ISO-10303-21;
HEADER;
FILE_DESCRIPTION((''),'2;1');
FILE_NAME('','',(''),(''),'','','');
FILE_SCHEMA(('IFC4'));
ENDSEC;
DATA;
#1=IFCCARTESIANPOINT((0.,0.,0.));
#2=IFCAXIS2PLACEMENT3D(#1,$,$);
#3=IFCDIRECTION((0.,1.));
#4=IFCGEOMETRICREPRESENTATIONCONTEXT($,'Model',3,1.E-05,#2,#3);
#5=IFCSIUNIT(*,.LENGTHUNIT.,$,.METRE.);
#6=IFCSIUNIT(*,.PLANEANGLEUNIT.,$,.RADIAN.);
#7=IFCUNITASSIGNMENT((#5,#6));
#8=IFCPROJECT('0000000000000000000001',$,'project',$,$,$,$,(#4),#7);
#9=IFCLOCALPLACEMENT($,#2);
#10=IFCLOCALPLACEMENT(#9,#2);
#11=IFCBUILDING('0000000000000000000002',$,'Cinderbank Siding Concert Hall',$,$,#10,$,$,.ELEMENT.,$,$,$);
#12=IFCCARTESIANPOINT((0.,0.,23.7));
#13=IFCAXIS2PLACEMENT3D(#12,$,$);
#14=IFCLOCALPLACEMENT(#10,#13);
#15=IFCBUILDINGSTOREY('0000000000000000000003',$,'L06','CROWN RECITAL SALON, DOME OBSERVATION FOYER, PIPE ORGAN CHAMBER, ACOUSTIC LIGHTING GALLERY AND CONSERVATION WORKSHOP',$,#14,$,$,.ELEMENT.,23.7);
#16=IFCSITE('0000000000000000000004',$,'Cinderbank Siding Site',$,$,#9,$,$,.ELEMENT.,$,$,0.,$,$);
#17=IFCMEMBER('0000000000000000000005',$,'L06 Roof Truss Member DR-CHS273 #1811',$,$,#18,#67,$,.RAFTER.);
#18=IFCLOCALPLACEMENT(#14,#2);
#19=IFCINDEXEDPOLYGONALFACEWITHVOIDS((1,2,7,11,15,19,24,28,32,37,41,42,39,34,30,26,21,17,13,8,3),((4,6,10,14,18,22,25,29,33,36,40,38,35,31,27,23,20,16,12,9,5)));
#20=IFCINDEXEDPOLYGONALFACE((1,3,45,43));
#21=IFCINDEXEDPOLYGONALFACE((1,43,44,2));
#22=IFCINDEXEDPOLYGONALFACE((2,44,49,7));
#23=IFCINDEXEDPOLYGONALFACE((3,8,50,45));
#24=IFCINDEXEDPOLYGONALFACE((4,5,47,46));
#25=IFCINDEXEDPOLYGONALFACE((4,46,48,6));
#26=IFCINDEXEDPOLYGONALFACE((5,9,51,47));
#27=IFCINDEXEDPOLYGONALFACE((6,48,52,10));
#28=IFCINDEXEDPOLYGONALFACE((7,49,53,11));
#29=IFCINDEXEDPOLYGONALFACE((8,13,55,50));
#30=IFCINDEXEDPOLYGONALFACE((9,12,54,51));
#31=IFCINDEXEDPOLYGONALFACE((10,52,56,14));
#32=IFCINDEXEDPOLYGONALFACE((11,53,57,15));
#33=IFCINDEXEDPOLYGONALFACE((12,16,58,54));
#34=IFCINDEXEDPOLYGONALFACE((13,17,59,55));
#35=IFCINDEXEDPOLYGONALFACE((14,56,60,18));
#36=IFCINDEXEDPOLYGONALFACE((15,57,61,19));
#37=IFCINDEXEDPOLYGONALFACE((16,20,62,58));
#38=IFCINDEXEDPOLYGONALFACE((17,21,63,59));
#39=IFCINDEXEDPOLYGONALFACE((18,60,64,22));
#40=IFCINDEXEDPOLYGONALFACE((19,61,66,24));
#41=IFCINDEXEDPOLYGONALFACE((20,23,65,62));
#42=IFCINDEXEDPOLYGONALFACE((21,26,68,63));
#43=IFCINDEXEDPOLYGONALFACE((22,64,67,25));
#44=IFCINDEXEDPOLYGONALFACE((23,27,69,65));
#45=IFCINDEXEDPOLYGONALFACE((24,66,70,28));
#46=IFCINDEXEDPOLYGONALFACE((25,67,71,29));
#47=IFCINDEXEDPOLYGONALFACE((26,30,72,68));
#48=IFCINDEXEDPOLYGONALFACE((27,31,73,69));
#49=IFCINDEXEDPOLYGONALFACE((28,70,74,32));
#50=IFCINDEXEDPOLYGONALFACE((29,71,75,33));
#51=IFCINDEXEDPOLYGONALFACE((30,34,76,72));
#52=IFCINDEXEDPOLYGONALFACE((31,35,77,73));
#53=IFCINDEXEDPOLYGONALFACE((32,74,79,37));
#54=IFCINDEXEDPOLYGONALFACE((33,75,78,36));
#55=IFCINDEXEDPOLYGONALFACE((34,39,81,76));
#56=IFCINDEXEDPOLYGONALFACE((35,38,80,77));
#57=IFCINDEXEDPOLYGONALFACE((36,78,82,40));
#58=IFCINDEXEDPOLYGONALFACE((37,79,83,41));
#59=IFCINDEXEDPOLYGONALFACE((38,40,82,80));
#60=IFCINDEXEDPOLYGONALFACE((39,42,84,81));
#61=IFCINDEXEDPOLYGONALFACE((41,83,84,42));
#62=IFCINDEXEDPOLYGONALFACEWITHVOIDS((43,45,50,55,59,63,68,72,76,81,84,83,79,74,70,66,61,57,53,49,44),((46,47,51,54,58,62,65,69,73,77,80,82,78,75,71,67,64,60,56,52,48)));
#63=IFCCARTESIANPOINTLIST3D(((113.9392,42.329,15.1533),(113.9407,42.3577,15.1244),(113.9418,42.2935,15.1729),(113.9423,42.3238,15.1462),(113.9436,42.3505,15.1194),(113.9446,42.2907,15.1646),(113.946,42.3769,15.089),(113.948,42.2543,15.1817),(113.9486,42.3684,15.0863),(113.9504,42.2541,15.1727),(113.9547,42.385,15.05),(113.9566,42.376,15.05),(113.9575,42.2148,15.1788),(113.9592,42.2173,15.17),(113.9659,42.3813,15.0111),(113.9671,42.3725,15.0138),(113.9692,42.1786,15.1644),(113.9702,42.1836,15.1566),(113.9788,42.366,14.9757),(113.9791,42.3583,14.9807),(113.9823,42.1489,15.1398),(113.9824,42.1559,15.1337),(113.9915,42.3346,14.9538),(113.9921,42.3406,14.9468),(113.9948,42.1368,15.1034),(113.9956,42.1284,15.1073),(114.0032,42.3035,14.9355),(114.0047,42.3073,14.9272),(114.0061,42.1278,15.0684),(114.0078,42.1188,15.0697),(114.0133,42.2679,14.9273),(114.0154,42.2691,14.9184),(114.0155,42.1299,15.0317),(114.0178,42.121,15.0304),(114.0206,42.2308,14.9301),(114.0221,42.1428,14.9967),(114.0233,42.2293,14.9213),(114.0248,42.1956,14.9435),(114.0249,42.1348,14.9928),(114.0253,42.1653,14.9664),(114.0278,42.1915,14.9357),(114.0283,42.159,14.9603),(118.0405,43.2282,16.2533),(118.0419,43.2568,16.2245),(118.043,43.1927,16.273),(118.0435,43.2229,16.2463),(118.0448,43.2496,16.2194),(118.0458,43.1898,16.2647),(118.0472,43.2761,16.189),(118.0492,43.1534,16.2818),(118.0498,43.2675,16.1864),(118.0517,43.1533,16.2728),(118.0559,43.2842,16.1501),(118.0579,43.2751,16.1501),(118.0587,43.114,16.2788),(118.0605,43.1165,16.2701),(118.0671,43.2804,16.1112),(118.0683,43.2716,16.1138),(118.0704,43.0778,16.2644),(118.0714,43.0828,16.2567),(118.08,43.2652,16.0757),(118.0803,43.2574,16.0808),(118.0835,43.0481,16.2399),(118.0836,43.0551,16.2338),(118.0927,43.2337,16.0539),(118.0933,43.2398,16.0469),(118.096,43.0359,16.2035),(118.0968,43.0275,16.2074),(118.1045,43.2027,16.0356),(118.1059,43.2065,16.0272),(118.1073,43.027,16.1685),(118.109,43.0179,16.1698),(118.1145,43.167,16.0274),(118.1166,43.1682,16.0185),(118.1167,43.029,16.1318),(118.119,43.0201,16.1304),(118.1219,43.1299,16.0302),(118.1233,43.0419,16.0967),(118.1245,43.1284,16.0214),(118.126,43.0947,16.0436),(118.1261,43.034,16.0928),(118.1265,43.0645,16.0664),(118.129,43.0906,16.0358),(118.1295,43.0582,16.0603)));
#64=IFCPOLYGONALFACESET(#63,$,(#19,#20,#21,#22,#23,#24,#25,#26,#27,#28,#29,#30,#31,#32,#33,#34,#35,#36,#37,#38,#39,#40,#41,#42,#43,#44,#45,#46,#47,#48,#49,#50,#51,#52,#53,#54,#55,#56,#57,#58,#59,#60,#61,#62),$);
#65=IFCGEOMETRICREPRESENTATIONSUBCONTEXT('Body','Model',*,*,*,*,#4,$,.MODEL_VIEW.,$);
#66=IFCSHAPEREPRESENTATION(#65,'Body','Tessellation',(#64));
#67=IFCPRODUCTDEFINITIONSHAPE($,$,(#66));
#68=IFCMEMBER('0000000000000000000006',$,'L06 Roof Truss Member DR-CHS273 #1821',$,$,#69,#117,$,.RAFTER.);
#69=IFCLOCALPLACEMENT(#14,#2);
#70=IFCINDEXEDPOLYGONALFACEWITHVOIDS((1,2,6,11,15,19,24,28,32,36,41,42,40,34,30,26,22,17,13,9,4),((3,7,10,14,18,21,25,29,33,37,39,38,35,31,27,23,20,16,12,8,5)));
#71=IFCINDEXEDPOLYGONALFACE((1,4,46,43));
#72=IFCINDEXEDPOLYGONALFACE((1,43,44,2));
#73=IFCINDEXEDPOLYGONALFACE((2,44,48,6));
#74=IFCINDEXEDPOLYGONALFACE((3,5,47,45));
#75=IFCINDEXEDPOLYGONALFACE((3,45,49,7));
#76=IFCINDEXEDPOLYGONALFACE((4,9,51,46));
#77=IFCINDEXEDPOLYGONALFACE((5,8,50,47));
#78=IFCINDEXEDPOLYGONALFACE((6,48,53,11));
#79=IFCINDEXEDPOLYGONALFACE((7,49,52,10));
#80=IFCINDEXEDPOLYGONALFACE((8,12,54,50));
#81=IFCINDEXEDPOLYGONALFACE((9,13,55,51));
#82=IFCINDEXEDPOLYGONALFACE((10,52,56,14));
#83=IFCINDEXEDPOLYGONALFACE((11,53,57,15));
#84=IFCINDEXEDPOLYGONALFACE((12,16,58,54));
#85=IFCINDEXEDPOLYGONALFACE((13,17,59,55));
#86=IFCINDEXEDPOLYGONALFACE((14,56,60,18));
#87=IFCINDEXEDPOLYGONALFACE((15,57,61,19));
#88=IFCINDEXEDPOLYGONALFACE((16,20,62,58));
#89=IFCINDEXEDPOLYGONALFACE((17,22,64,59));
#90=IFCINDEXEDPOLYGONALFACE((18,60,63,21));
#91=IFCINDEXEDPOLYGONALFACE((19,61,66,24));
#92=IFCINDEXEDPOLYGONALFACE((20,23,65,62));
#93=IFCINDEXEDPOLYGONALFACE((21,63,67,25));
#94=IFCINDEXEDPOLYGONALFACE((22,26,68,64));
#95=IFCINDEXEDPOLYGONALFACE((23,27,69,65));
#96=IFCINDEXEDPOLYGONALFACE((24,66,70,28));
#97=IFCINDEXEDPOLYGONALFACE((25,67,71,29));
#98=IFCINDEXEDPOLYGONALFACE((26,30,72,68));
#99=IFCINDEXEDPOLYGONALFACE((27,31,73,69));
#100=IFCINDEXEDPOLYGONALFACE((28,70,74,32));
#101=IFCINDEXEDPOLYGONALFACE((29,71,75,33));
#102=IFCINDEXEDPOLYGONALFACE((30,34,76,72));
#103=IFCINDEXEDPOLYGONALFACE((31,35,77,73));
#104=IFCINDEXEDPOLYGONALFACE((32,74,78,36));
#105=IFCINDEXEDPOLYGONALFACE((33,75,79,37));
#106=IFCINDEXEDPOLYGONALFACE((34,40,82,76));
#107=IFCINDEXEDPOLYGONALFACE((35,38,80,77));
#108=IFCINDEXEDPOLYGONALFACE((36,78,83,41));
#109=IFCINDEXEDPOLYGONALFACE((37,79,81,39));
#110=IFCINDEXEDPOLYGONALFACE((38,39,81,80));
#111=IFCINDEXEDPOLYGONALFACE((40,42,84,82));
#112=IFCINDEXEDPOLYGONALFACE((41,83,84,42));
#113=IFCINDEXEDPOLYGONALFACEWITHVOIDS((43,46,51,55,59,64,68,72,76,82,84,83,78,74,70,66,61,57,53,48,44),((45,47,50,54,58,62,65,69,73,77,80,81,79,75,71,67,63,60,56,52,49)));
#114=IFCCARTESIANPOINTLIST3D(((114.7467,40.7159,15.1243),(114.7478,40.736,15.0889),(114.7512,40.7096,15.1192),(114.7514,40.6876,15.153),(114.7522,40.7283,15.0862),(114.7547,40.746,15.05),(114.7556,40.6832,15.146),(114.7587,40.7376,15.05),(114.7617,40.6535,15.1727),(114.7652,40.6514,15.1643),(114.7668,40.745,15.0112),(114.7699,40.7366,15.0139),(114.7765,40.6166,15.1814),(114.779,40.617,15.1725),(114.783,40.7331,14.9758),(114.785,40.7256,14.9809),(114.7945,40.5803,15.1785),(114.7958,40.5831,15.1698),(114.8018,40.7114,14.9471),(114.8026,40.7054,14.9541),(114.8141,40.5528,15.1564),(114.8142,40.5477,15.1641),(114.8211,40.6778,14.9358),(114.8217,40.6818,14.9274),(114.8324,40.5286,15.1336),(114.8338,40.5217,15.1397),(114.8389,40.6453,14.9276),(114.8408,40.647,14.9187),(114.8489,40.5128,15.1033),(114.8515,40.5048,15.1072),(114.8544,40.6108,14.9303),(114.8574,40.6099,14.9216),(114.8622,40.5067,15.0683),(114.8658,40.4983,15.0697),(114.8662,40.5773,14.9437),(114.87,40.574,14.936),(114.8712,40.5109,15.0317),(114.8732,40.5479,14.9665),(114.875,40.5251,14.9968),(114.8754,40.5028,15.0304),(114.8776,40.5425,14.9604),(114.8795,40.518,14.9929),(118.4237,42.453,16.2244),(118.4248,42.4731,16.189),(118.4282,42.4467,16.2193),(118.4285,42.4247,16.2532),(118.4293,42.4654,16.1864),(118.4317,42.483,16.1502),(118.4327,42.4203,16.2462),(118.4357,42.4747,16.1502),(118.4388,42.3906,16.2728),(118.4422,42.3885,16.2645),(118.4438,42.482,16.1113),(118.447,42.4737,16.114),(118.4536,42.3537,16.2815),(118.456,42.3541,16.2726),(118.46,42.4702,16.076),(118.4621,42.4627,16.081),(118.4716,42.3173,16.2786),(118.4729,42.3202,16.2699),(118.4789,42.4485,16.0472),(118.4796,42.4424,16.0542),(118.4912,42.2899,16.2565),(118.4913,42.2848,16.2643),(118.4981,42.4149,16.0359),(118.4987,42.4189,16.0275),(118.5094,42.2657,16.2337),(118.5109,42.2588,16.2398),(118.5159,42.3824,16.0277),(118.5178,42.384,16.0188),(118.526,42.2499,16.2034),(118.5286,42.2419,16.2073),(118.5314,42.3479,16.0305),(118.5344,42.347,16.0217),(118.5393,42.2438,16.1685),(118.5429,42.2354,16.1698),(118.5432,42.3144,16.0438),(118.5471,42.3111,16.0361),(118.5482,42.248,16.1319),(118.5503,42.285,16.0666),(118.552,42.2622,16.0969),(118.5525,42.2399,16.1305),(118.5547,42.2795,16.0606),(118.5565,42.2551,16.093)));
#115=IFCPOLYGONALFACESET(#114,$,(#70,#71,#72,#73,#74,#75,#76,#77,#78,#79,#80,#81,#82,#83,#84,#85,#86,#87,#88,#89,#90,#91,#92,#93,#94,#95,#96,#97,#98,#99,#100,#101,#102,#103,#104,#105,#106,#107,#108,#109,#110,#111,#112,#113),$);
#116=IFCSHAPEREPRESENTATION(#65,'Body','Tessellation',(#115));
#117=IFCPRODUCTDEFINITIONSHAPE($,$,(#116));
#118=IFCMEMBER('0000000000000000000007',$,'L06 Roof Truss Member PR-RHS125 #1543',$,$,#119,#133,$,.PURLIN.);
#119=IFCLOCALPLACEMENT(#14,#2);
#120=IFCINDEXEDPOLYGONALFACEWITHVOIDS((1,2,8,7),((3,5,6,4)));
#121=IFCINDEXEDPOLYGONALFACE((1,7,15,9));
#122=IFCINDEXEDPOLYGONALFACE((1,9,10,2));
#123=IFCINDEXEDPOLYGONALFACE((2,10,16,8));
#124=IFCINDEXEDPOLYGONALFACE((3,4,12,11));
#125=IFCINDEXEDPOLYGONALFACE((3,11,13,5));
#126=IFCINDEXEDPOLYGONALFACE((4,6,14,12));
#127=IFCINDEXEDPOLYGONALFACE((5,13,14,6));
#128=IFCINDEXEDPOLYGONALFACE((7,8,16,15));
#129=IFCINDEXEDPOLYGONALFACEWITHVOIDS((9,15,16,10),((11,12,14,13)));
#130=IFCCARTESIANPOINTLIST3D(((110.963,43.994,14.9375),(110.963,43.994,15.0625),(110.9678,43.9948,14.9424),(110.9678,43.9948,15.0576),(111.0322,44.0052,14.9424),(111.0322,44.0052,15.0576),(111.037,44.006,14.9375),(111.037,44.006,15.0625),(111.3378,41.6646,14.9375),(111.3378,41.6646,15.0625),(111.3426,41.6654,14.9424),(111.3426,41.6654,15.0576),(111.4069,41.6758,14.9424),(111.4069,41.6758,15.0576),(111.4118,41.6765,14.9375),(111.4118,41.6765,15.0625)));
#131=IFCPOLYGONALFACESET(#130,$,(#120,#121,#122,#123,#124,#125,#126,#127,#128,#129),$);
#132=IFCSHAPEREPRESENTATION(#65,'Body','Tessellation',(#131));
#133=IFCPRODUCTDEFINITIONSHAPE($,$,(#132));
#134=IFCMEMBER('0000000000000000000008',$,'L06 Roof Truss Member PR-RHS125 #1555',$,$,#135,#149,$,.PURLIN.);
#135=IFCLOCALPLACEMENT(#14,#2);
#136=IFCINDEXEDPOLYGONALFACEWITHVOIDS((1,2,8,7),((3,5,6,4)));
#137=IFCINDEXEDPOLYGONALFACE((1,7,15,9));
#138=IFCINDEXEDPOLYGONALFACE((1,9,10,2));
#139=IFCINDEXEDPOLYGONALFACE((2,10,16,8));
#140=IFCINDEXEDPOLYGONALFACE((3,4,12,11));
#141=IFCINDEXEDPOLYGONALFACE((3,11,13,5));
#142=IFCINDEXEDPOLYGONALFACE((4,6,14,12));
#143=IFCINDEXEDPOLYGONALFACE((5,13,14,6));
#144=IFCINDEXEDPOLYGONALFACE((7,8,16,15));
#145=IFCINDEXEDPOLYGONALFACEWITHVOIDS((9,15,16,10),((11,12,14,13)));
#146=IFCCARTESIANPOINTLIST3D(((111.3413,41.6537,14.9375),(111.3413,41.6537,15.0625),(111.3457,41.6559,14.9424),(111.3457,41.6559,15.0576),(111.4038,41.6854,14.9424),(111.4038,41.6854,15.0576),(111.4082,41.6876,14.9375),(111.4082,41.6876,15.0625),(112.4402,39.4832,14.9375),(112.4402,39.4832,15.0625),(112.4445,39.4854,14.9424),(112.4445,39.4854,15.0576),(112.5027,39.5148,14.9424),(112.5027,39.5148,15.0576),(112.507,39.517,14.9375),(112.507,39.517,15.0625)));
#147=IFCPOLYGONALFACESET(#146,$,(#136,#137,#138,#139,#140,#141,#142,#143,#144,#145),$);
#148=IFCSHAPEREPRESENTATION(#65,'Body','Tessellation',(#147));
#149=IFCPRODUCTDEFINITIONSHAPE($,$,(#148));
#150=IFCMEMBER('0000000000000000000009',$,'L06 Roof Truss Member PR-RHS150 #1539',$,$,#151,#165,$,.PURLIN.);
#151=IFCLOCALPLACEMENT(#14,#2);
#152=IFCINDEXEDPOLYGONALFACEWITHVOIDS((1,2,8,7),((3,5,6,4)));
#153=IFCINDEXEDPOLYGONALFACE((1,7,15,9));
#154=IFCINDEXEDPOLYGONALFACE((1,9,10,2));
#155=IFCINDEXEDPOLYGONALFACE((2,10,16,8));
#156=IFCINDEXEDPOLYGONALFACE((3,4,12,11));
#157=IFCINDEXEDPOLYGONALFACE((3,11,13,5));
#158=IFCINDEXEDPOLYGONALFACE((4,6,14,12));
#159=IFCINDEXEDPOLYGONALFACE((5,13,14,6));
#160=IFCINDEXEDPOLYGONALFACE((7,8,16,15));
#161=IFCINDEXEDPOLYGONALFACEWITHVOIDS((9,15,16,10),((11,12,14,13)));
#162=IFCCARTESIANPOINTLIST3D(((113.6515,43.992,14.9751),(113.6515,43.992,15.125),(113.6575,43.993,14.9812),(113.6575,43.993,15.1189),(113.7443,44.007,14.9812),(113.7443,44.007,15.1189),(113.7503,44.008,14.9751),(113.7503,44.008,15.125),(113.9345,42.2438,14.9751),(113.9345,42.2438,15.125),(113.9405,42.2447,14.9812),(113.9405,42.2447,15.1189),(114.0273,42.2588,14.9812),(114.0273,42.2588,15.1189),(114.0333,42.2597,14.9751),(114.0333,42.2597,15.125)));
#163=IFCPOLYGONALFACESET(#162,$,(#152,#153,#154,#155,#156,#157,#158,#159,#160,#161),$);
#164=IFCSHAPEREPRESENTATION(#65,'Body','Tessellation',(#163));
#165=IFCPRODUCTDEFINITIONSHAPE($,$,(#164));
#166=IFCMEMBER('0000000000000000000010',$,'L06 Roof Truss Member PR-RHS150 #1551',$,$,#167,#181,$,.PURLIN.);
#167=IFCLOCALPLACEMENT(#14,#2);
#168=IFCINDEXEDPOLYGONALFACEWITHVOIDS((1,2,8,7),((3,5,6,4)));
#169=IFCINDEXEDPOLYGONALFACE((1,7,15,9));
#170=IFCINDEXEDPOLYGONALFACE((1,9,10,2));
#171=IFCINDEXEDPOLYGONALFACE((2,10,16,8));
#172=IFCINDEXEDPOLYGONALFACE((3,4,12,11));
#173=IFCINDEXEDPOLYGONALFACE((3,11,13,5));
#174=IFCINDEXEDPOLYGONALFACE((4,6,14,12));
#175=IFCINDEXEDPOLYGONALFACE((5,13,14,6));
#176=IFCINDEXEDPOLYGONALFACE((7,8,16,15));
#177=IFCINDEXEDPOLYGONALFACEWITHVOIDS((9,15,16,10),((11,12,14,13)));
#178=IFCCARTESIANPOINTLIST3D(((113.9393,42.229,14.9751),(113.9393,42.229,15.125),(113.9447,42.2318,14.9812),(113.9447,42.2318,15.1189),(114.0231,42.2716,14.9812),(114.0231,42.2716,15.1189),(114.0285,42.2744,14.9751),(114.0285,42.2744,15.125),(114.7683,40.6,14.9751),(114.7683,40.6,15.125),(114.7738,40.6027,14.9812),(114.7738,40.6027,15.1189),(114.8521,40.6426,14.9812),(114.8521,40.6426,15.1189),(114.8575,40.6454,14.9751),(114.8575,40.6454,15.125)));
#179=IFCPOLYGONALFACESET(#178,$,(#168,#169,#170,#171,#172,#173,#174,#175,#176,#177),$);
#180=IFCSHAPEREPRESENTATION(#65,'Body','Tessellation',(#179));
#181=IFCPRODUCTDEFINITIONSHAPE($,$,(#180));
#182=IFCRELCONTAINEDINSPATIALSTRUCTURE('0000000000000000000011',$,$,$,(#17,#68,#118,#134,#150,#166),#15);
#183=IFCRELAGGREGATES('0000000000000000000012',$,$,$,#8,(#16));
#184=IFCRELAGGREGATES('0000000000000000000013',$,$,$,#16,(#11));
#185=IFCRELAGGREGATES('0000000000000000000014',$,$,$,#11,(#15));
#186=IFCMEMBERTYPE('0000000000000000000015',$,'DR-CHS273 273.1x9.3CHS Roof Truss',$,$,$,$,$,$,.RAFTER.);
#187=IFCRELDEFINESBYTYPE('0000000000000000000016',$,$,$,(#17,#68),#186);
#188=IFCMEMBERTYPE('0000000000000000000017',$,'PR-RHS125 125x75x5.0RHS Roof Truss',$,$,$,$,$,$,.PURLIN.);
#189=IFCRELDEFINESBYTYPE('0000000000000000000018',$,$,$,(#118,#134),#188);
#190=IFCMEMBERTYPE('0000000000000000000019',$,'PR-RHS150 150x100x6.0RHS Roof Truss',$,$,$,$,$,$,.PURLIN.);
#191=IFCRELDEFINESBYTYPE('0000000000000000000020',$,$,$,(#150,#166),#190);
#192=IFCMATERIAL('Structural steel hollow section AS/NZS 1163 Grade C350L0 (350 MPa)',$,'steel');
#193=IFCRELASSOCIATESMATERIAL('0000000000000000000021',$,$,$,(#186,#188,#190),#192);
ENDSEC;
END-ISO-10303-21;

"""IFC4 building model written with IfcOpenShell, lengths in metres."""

from ifc_helpers import new_model, si_unit, direction, frame, origin, origin_2d, place, context, subcontext, project, spatial, hollow_rectangle, hollow_circle, extrude, material, material_profile, profile_set, type_object, element, save


model = new_model("IFC4")

# Units and contexts
model_context = context("Model", 3, precision=1e-05, world=origin(), true_north=direction((0.0, 1.0)))
body_context = subcontext(model_context, "Body", "Model", "MODEL_VIEW")
ifc_project = project(units=[si_unit("LENGTHUNIT", "METRE"), si_unit("PLANEANGLEUNIT", "RADIAN")], contexts=[model_context])

# Site, building, storey
site_placement = place(None, origin())
site = spatial("IfcSite", under=ifc_project, at=site_placement, Name="Cinderbank Siding Site", CompositionType="ELEMENT", RefElevation=0.0)
building_placement = place(site_placement, origin())
building = spatial("IfcBuilding", under=site, at=building_placement, Name="Cinderbank Siding Concert Hall", CompositionType="ELEMENT")
storey_placement = place(building_placement, frame((0.0, 0.0, 23.7)))
storey = spatial("IfcBuildingStorey", under=building, at=storey_placement, Name="L06", Description="CROWN RECITAL SALON, DOME OBSERVATION FOYER, PIPE ORGAN CHAMBER, ACOUSTIC LIGHTING GALLERY AND CONSERVATION WORKSHOP", CompositionType="ELEMENT", Elevation=23.7)

# Members
ifc_material_1 = material(Name="Structural steel hollow section AS/NZS 1163 Grade C350L0 (350 MPa)", Category="steel")
ifc_material_profile_1 = material_profile(ifc_material_1, hollow_circle(Radius=0.1365, WallThickness=0.0093, at=origin_2d()), Name="273.1x9.3CHS", Category="LoadBearing")
ifc_profile_set_1 = profile_set([ifc_material_profile_1], Name="Structural steel hollow section AS/NZS 1163 Grade C350L0 (350 MPa)")
member_type_1 = type_object("IfcMemberType", Name="DR-CHS273 273.1x9.3CHS Roof Truss", PredefinedType="RAFTER", material=ifc_profile_set_1)
member_1_placement = place(storey_placement, frame((113.9839, 42.2517, 15.05), z_axis=(0.944906, 0.20716, 0.253452), x_axis=(-0.214153, 0.9768, 0.0)))
element("IfcMember", 1, at=member_1_placement, inside=storey, type_object=member_type_1, Name="L06 Roof Truss Member DR-CHS273 #1811", PredefinedType="RAFTER", context=body_context, shape_type="SweptSolid", body=[
    extrude(hollow_circle(Radius=0.1365, WallThickness=0.0093, at=origin_2d()), origin(), (0.0, 0.0, 1.0), 4.3403),
])
member_2_placement = place(storey_placement, frame((114.813, 40.6226, 15.05), z_axis=(0.87281, 0.412326, 0.26113), x_axis=(-0.427147, 0.904182, 0.0)))
element("IfcMember", 2, at=member_2_placement, inside=storey, type_object=member_type_1, Name="L06 Roof Truss Member DR-CHS273 #1821", PredefinedType="RAFTER", context=body_context, shape_type="SweptSolid", body=[
    extrude(hollow_circle(Radius=0.1365, WallThickness=0.0093, at=origin_2d()), origin(), (0.0, 0.0, 1.0), 4.2129),
])
ifc_material_profile_2 = material_profile(ifc_material_1, hollow_rectangle(XDim=0.075, YDim=0.125, WallThickness=0.0049, at=origin_2d()), Name="125x75x5.0RHS", Category="LoadBearing")
ifc_profile_set_2 = profile_set([ifc_material_profile_2], Name="Structural steel hollow section AS/NZS 1163 Grade C350L0 (350 MPa)")
member_type_2 = type_object("IfcMemberType", Name="PR-RHS125 125x75x5.0RHS Roof Truss", PredefinedType="PURLIN", material=ifc_profile_set_2)
member_3_placement = place(storey_placement, frame((111.0, 44.0, 15.0), z_axis=(0.158842, -0.987304, 0.0), x_axis=(0.987304, 0.158842, 0.0)))
element("IfcMember", 3, at=member_3_placement, inside=storey, type_object=member_type_2, Name="L06 Roof Truss Member PR-RHS125 #1543", PredefinedType="PURLIN", context=body_context, shape_type="SweptSolid", body=[
    extrude(hollow_rectangle(XDim=0.075, YDim=0.125, WallThickness=0.0049, at=origin_2d()), origin(), (0.0, 0.0, 1.0), 2.3594),
])
member_4_placement = place(storey_placement, frame((111.3748, 41.6707, 15.0), z_axis=(0.451663, -0.892188, 0.0), x_axis=(0.892188, 0.451663, 0.0)))
element("IfcMember", 4, at=member_4_placement, inside=storey, type_object=member_type_2, Name="L06 Roof Truss Member PR-RHS125 #1555", PredefinedType="PURLIN", context=body_context, shape_type="SweptSolid", body=[
    extrude(hollow_rectangle(XDim=0.075, YDim=0.125, WallThickness=0.0049, at=origin_2d()), origin(), (0.0, 0.0, 1.0), 2.4329),
])
ifc_material_profile_3 = material_profile(ifc_material_1, hollow_rectangle(XDim=0.1001, YDim=0.1499, WallThickness=0.0061, at=origin_2d()), Name="150x100x6.0RHS", Category="LoadBearing")
ifc_profile_set_3 = profile_set([ifc_material_profile_3], Name="Structural steel hollow section AS/NZS 1163 Grade C350L0 (350 MPa)")
member_type_3 = type_object("IfcMemberType", Name="PR-RHS150 150x100x6.0RHS Roof Truss", PredefinedType="PURLIN", material=ifc_profile_set_3)
member_5_placement = place(storey_placement, frame((113.7009, 44.0, 15.05), z_axis=(0.15977, -0.987154, 0.0), x_axis=(0.987154, 0.15977, 0.0)))
element("IfcMember", 5, at=member_5_placement, inside=storey, type_object=member_type_3, Name="L06 Roof Truss Member PR-RHS150 #1539", PredefinedType="PURLIN", context=body_context, shape_type="SweptSolid", body=[
    extrude(hollow_rectangle(XDim=0.1001, YDim=0.1499, WallThickness=0.0061, at=origin_2d()), origin(), (0.0, 0.0, 1.0), 1.771),
])
member_6_placement = place(storey_placement, frame((113.9839, 42.2517, 15.05), z_axis=(0.45356, -0.891226, 0.0), x_axis=(0.891226, 0.45356, 0.0)))
element("IfcMember", 6, at=member_6_placement, inside=storey, type_object=member_type_3, Name="L06 Roof Truss Member PR-RHS150 #1551", PredefinedType="PURLIN", context=body_context, shape_type="SweptSolid", body=[
    extrude(hollow_rectangle(XDim=0.1001, YDim=0.1499, WallThickness=0.0061, at=origin_2d()), origin(), (0.0, 0.0, 1.0), 1.8279),
])

save(model, "model.ifc")
